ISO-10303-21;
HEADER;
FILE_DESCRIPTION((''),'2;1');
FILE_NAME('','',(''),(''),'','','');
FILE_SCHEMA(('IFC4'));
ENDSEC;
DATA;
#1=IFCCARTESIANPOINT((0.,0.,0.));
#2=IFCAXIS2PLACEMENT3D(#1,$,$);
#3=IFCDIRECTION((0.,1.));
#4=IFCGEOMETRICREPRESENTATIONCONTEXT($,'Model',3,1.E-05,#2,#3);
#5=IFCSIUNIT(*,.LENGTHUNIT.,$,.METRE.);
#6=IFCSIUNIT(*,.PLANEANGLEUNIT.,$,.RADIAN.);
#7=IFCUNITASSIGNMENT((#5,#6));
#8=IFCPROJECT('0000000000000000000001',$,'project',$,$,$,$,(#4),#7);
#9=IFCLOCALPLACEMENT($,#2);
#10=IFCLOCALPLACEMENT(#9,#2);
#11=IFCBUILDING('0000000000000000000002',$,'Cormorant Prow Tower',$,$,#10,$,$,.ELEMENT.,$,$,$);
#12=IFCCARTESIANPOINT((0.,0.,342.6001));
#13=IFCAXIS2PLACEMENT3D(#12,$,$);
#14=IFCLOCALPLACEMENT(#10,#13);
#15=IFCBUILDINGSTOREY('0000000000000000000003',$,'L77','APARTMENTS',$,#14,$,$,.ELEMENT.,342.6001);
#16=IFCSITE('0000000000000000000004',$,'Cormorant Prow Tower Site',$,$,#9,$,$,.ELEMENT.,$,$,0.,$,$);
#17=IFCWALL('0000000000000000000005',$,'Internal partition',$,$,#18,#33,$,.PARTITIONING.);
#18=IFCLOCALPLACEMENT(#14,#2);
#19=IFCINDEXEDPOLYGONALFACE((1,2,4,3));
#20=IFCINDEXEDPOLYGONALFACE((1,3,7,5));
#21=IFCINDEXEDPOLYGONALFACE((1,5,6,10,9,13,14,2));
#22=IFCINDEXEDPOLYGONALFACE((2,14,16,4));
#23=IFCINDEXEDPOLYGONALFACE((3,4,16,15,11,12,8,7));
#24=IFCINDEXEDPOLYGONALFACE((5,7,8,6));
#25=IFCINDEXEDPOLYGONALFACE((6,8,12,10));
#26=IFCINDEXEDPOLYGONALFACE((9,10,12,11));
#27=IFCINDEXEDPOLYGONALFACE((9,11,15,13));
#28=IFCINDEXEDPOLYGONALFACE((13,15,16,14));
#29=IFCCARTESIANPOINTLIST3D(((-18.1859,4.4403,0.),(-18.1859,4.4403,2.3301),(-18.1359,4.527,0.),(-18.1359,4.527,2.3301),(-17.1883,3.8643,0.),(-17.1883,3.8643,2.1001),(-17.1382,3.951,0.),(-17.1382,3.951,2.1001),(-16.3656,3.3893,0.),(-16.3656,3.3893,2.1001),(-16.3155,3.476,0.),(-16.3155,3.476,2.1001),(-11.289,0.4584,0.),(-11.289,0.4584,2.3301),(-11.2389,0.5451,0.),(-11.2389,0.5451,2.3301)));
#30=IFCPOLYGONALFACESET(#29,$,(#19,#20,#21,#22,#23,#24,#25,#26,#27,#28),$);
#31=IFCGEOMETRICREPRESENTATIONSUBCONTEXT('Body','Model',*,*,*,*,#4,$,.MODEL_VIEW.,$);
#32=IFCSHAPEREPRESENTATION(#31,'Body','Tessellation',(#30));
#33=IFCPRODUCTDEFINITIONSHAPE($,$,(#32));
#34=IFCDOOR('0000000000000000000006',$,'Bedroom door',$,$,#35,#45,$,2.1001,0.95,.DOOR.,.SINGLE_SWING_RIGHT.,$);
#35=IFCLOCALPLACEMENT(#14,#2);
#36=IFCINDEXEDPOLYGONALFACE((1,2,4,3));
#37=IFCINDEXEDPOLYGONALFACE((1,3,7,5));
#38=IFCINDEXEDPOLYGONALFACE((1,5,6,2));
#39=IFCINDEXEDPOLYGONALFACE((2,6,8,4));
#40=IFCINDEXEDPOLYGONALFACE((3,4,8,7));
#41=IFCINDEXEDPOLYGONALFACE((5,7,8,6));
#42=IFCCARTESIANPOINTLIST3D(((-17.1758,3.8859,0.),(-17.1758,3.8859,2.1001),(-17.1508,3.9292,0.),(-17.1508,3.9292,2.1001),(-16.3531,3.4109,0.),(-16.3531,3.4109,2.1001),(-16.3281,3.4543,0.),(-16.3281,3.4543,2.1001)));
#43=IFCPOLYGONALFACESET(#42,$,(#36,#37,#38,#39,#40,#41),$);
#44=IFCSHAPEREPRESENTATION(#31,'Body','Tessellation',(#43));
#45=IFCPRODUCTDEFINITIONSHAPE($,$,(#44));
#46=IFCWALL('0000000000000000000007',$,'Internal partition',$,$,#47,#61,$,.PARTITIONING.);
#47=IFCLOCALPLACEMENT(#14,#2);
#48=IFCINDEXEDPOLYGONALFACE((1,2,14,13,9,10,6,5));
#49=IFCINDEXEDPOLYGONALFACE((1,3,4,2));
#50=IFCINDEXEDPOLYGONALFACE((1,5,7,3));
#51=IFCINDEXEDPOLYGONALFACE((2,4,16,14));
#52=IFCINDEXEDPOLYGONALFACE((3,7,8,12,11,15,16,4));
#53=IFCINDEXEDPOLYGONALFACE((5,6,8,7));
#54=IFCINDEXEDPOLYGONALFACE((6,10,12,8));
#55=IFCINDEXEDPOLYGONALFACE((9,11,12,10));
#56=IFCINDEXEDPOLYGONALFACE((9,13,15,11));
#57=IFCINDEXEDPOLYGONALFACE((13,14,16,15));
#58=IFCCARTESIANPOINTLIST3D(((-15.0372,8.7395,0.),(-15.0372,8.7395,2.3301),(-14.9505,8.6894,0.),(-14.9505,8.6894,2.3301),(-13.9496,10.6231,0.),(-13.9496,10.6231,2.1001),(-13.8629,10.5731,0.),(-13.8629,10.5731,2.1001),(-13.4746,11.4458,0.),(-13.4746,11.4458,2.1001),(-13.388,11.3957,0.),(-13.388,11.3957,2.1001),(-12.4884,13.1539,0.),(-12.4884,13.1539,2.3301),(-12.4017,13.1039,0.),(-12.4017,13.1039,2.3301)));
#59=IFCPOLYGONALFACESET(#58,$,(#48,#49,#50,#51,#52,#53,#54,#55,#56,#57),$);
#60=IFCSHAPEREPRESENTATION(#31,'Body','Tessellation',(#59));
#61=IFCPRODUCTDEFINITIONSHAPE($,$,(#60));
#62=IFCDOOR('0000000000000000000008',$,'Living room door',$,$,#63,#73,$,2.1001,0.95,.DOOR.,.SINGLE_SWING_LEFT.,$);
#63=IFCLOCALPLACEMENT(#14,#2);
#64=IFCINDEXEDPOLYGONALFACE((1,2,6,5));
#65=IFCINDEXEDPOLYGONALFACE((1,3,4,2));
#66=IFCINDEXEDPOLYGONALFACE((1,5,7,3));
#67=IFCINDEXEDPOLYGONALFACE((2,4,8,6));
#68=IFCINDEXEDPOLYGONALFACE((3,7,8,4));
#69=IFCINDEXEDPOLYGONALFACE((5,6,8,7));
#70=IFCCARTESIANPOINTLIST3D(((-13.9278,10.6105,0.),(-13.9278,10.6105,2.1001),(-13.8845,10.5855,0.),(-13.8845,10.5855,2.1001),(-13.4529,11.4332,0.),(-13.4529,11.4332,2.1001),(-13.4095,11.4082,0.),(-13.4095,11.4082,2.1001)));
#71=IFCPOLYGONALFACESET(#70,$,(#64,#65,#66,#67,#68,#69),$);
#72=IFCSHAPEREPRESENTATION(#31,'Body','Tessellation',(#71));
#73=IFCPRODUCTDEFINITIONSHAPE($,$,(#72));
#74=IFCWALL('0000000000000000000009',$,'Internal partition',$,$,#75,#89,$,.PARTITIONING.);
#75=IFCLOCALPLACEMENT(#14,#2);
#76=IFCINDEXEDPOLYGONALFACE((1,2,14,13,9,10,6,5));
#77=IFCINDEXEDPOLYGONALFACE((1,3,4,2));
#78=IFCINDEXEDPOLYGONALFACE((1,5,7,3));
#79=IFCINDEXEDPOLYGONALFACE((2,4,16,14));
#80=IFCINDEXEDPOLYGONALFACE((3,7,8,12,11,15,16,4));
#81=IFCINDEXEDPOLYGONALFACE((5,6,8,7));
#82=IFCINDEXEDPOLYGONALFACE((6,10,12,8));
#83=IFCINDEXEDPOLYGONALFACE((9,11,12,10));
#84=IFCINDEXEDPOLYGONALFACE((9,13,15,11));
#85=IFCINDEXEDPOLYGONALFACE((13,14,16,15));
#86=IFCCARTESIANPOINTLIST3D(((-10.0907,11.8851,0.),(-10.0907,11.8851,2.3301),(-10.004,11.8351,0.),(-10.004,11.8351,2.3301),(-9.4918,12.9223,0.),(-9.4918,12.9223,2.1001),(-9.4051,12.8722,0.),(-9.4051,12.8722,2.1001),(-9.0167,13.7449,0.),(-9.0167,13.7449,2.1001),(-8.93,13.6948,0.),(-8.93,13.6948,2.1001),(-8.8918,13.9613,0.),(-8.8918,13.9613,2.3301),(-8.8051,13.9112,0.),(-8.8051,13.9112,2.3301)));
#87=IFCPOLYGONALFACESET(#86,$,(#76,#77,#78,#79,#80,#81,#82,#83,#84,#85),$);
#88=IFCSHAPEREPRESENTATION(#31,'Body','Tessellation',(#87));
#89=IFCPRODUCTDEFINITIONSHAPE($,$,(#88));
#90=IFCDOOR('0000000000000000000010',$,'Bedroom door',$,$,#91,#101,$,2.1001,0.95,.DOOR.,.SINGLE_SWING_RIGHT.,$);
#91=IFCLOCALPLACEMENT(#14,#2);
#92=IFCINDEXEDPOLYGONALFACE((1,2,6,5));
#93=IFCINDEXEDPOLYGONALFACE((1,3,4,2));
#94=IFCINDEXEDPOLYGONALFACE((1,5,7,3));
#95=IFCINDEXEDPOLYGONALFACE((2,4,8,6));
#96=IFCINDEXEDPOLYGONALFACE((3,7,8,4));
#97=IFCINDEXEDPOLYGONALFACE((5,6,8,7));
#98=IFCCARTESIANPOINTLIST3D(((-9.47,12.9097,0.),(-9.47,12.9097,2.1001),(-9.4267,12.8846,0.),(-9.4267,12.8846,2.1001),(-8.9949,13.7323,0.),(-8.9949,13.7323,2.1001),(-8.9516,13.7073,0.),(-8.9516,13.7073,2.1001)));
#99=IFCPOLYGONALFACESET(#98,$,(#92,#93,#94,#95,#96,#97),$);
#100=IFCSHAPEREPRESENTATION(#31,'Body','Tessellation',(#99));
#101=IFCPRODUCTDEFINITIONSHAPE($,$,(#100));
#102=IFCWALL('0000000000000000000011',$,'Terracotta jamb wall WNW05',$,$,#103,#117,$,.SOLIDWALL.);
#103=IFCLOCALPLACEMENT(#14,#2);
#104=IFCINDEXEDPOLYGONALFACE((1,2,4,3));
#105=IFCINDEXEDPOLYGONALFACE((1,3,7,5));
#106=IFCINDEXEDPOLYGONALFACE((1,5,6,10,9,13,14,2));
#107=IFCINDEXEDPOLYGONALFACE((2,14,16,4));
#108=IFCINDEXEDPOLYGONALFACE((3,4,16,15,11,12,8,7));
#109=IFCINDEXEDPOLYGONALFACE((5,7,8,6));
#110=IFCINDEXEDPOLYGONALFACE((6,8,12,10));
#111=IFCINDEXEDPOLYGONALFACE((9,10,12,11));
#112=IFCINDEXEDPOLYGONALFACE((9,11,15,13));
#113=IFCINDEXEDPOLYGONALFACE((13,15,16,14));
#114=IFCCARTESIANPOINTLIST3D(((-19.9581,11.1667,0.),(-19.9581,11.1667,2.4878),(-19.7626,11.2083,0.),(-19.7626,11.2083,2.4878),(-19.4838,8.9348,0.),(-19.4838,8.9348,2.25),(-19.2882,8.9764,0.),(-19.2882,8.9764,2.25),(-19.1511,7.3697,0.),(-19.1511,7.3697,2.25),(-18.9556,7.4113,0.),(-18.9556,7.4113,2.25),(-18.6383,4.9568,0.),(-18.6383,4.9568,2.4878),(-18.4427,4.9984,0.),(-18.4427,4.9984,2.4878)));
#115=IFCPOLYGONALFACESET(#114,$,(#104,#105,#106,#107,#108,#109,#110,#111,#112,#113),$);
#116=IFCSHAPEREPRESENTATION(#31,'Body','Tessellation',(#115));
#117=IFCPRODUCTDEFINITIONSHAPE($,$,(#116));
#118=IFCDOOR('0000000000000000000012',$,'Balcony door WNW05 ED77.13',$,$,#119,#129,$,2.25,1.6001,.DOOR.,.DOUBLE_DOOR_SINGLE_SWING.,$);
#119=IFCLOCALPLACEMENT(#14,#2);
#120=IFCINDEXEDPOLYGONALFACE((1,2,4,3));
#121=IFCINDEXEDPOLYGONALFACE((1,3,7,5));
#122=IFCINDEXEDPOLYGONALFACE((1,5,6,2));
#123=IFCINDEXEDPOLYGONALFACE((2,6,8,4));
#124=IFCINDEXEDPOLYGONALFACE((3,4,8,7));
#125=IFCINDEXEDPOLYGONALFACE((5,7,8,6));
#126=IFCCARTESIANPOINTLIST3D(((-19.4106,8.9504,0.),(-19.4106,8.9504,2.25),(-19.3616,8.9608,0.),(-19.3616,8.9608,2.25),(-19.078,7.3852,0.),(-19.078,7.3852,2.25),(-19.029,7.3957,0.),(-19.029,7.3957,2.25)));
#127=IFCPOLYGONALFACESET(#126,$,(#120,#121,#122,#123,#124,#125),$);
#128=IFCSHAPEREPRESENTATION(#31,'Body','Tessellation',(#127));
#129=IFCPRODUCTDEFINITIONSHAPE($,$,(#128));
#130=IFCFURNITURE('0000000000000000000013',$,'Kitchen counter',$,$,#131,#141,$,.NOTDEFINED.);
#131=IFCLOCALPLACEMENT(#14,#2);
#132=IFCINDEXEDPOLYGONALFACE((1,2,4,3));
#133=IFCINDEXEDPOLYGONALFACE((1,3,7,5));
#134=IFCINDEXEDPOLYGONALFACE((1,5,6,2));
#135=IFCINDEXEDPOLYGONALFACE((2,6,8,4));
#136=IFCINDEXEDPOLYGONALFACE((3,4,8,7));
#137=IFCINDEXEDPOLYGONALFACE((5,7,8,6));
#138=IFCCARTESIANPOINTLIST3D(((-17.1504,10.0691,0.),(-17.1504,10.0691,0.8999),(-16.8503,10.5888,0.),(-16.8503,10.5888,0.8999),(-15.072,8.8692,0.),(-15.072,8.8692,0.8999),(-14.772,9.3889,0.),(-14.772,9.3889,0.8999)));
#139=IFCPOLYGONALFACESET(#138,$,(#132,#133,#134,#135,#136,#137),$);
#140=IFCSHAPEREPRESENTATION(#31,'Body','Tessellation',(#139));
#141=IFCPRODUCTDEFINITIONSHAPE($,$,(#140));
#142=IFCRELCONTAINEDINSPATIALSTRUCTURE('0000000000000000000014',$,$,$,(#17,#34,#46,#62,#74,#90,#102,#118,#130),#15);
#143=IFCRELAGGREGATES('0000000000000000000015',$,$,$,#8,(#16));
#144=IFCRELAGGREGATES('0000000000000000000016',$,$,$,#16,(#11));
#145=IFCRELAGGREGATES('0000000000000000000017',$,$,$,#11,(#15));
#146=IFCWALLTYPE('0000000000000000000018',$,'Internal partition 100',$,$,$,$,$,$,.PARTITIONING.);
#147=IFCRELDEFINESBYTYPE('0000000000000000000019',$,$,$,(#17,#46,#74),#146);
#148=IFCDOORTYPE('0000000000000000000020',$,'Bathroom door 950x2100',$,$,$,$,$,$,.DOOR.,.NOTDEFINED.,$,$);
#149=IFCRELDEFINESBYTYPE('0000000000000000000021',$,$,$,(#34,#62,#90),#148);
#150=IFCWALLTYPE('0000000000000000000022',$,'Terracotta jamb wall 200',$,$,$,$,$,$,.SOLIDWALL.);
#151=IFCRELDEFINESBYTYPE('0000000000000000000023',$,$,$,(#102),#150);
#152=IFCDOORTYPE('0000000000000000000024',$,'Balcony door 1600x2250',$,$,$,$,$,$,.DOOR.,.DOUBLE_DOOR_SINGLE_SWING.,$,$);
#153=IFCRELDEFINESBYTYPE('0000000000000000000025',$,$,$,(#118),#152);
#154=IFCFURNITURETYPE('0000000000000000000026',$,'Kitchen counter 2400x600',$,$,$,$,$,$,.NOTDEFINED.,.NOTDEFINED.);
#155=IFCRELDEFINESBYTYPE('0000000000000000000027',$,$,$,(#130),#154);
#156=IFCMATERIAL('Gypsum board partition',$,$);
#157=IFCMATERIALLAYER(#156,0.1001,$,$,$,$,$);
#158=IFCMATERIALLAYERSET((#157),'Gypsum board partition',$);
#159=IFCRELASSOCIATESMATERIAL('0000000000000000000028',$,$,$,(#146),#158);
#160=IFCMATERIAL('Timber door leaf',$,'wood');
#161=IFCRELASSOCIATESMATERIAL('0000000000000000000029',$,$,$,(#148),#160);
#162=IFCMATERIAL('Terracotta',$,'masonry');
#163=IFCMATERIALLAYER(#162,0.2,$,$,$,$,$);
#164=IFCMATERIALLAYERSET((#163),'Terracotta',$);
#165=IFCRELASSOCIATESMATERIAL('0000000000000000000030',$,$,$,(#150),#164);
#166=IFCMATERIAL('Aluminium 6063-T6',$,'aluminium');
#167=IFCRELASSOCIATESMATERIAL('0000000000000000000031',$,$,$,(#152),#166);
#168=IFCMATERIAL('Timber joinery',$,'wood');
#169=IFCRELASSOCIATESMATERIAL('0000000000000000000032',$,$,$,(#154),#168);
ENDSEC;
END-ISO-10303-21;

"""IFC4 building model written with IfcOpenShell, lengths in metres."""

from ifc_helpers import new_model, si_unit, direction, frame, frame_2d, origin, origin_2d, place, context, subcontext, project, spatial, rectangle, extrude, material, layer, layer_set, type_object, element, fill, save


model = new_model("IFC4")

# Units and contexts
model_context = context("Model", 3, precision=1e-05, world=origin(), true_north=direction((0.0, 1.0)))
body_context = subcontext(model_context, "Body", "Model", "MODEL_VIEW")
ifc_project = project(units=[si_unit("LENGTHUNIT", "METRE"), si_unit("PLANEANGLEUNIT", "RADIAN")], contexts=[model_context])

# Site, building, storey
site_placement = place(None, origin())
site = spatial("IfcSite", under=ifc_project, at=site_placement, Name="Cormorant Prow Tower Site", CompositionType="ELEMENT", RefElevation=0.0)
building_placement = place(site_placement, origin())
building = spatial("IfcBuilding", under=site, at=building_placement, Name="Cormorant Prow Tower", CompositionType="ELEMENT")
storey_placement = place(building_placement, frame((0.0, 0.0, 342.6001)))
storey = spatial("IfcBuildingStorey", under=building, at=storey_placement, Name="L77", Description="APARTMENTS", CompositionType="ELEMENT", Elevation=342.6001)

# Walls, openings, doors
ifc_material_1 = material(Name="Gypsum board partition")
ifc_layer_1 = layer(ifc_material_1, 0.1001)
ifc_layer_set_1 = layer_set([ifc_layer_1], Name="Gypsum board partition")
wall_type_1 = type_object("IfcWallType", Name="Internal partition 100", PredefinedType="PARTITIONING", material=ifc_layer_set_1)
ifc_material_2 = material(Name="Timber door leaf", Category="wood")
door_type_1 = type_object("IfcDoorType", Name="Bathroom door 950x2100", OperationType="NOTDEFINED", PredefinedType="DOOR", material=ifc_material_2)
wall_1_placement = place(storey_placement, frame((-18.1609, 4.4836, 0.0), z_axis=(0.0, 0.0, 1.0), x_axis=(0.866027, -0.499997, 0.0)))
wall_1 = element("IfcWall", 1, at=wall_1_placement, inside=storey, type_object=wall_type_1, Name="Internal partition", PredefinedType="PARTITIONING", context=body_context, shape_type="SweptSolid", body=[
    extrude(rectangle(XDim=7.9639, YDim=0.1001, at=frame_2d((3.9819, 0.0))), origin(), (0.0, 0.0, 1.0), 2.3301),
])
opening_1_placement = place(wall_1_placement, frame((1.1519, 0.0, 0.0)))
opening_1 = element("IfcOpeningElement", 2, at=opening_1_placement, cuts=wall_1, PredefinedType="OPENING", context=body_context, shape_type="SweptSolid", body=[
    extrude(rectangle(XDim=0.95, YDim=2.1001, at=frame_2d((0.4751, 1.05))), frame((0.0, 0.0601, 0.0), z_axis=(0.0, -1.0, 0.0), x_axis=(1.0, 0.0, 0.0)), (0.0, 0.0, 1.0), 0.1201),
])
door_1_placement = place(opening_1_placement, origin())
door_1 = element("IfcDoor", 3, at=door_1_placement, inside=storey, type_object=door_type_1, Name="Bedroom door", OperationType="SINGLE_SWING_RIGHT", OverallHeight=2.1001, OverallWidth=0.95, PredefinedType="DOOR", context=body_context, shape_type="SweptSolid", body=[
    extrude(rectangle(XDim=0.95, YDim=2.1001, at=frame_2d((0.4751, 1.05))), frame((0.0, 0.0249, 0.0), z_axis=(0.0, -1.0, 0.0), x_axis=(1.0, 0.0, 0.0)), (0.0, 0.0, 1.0), 0.05),
])
fill(opening_1, door_1)
wall_2_placement = place(storey_placement, frame((-14.9939, 8.7144, 0.0), z_axis=(0.0, 0.0, 1.0), x_axis=(0.500013, 0.866018, 0.0)))
wall_2 = element("IfcWall", 4, at=wall_2_placement, inside=storey, type_object=wall_type_1, Name="Internal partition", PredefinedType="PARTITIONING", context=body_context, shape_type="SweptSolid", body=[
    extrude(rectangle(XDim=5.0974, YDim=0.1001, at=frame_2d((2.5488, 0.0))), origin(), (0.0, 0.0, 1.0), 2.3301),
])
opening_2_placement = place(wall_2_placement, frame((2.175, 0.0, 0.0)))
opening_2 = element("IfcOpeningElement", 5, at=opening_2_placement, cuts=wall_2, PredefinedType="OPENING", context=body_context, shape_type="SweptSolid", body=[
    extrude(rectangle(XDim=0.95, YDim=2.1001, at=frame_2d((0.4751, 1.05))), frame((0.0, 0.0601, 0.0), z_axis=(0.0, -1.0, 0.0), x_axis=(1.0, 0.0, 0.0)), (0.0, 0.0, 1.0), 0.1201),
])
door_2_placement = place(opening_2_placement, origin())
door_2 = element("IfcDoor", 6, at=door_2_placement, inside=storey, type_object=door_type_1, Name="Living room door", OperationType="SINGLE_SWING_LEFT", OverallHeight=2.1001, OverallWidth=0.95, PredefinedType="DOOR", context=body_context, shape_type="SweptSolid", body=[
    extrude(rectangle(XDim=0.95, YDim=2.1001, at=frame_2d((0.4751, 1.05))), frame((0.0, 0.0249, 0.0), z_axis=(0.0, -1.0, 0.0), x_axis=(1.0, 0.0, 0.0)), (0.0, 0.0, 1.0), 0.05),
])
fill(opening_2, door_2)
wall_3_placement = place(storey_placement, frame((-10.0474, 11.8601, 0.0), z_axis=(0.0, 0.0, 1.0), x_axis=(0.500093, 0.865972, 0.0)))
wall_3 = element("IfcWall", 7, at=wall_3_placement, inside=storey, type_object=wall_type_1, Name="Internal partition", PredefinedType="PARTITIONING", context=body_context, shape_type="SweptSolid", body=[
    extrude(rectangle(XDim=2.3975, YDim=0.1001, at=frame_2d((1.1987, 0.0))), origin(), (0.0, 0.0, 1.0), 2.3301),
])
opening_3_placement = place(wall_3_placement, frame((1.1975, 0.0, 0.0)))
opening_3 = element("IfcOpeningElement", 8, at=opening_3_placement, cuts=wall_3, PredefinedType="OPENING", context=body_context, shape_type="SweptSolid", body=[
    extrude(rectangle(XDim=0.95, YDim=2.1001, at=frame_2d((0.4751, 1.05))), frame((0.0, 0.0601, 0.0), z_axis=(0.0, -1.0, 0.0), x_axis=(1.0, 0.0, 0.0)), (0.0, 0.0, 1.0), 0.1201),
])
door_3_placement = place(opening_3_placement, origin())
door_3 = element("IfcDoor", 9, at=door_3_placement, inside=storey, type_object=door_type_1, Name="Bedroom door", OperationType="SINGLE_SWING_RIGHT", OverallHeight=2.1001, OverallWidth=0.95, PredefinedType="DOOR", context=body_context, shape_type="SweptSolid", body=[
    extrude(rectangle(XDim=0.95, YDim=2.1001, at=frame_2d((0.4751, 1.05))), frame((0.0, 0.0249, 0.0), z_axis=(0.0, -1.0, 0.0), x_axis=(1.0, 0.0, 0.0)), (0.0, 0.0, 1.0), 0.05),
])
fill(opening_3, door_3)
ifc_material_3 = material(Name="Terracotta", Category="masonry")
ifc_layer_2 = layer(ifc_material_3, 0.2)
ifc_layer_set_2 = layer_set([ifc_layer_2], Name="Terracotta")
wall_type_2 = type_object("IfcWallType", Name="Terracotta jamb wall 200", PredefinedType="SOLIDWALL", material=ifc_layer_set_2)
wall_4_placement = place(storey_placement, frame((-19.8604, 11.1875, 0.0), z_axis=(0.0, 0.0, 1.0), x_axis=(0.20789, -0.978152, 0.0)))
wall_4 = element("IfcWall", 10, at=wall_4_placement, inside=storey, type_object=wall_type_2, Name="Terracotta jamb wall WNW05", PredefinedType="SOLIDWALL", context=body_context, shape_type="SweptSolid", body=[
    extrude(rectangle(XDim=6.3486, YDim=0.2, at=frame_2d((3.1743, 0.0))), origin(), (0.0, 0.0, 1.0), 2.4878),
])
opening_4_placement = place(wall_4_placement, frame((2.2817, 0.0, 0.0)))
opening_4 = element("IfcOpeningElement", 11, at=opening_4_placement, cuts=wall_4, PredefinedType="OPENING", context=body_context, shape_type="SweptSolid", body=[
    extrude(rectangle(XDim=1.6001, YDim=2.25, at=frame_2d((0.8, 1.125))), frame((0.0, 0.1099, 0.0), z_axis=(0.0, -1.0, 0.0), x_axis=(1.0, 0.0, 0.0)), (0.0, 0.0, 1.0), 0.22),
])
ifc_material_4 = material(Name="Aluminium 6063-T6", Category="aluminium")
door_type_2 = type_object("IfcDoorType", Name="Balcony door 1600x2250", OperationType="DOUBLE_DOOR_SINGLE_SWING", PredefinedType="DOOR", material=ifc_material_4)
door_4_placement = place(opening_4_placement, origin())
door_4 = element("IfcDoor", 12, at=door_4_placement, inside=storey, type_object=door_type_2, Name="Balcony door WNW05 ED77.13", OperationType="DOUBLE_DOOR_SINGLE_SWING", OverallHeight=2.25, OverallWidth=1.6001, PredefinedType="DOOR", context=body_context, shape_type="SweptSolid", body=[
    extrude(rectangle(XDim=1.6001, YDim=2.25, at=frame_2d((0.8, 1.125))), frame((0.0, 0.0249, 0.0), z_axis=(0.0, -1.0, 0.0), x_axis=(1.0, 0.0, 0.0)), (0.0, 0.0, 1.0), 0.05),
])
fill(opening_4, door_4)

# Furniture
ifc_material_5 = material(Name="Timber joinery", Category="wood")
furniture_type = type_object("IfcFurnitureType", Name="Kitchen counter 2400x600", AssemblyPlace="NOTDEFINED", PredefinedType="NOTDEFINED", material=ifc_material_5)
furniture_placement = place(storey_placement, frame((-15.9612, 9.729, 0.0), z_axis=(0.0, 0.0, 1.0), x_axis=(-0.866025, 0.5, 0.0)))
element("IfcFurniture", 13, at=furniture_placement, inside=storey, type_object=furniture_type, Name="Kitchen counter", PredefinedType="NOTDEFINED", context=body_context, shape_type="SweptSolid", body=[
    extrude(rectangle(XDim=2.3999, YDim=0.6001, at=origin_2d()), origin(), (0.0, 0.0, 1.0), 0.8999),
])

save(model, "model.ifc")
